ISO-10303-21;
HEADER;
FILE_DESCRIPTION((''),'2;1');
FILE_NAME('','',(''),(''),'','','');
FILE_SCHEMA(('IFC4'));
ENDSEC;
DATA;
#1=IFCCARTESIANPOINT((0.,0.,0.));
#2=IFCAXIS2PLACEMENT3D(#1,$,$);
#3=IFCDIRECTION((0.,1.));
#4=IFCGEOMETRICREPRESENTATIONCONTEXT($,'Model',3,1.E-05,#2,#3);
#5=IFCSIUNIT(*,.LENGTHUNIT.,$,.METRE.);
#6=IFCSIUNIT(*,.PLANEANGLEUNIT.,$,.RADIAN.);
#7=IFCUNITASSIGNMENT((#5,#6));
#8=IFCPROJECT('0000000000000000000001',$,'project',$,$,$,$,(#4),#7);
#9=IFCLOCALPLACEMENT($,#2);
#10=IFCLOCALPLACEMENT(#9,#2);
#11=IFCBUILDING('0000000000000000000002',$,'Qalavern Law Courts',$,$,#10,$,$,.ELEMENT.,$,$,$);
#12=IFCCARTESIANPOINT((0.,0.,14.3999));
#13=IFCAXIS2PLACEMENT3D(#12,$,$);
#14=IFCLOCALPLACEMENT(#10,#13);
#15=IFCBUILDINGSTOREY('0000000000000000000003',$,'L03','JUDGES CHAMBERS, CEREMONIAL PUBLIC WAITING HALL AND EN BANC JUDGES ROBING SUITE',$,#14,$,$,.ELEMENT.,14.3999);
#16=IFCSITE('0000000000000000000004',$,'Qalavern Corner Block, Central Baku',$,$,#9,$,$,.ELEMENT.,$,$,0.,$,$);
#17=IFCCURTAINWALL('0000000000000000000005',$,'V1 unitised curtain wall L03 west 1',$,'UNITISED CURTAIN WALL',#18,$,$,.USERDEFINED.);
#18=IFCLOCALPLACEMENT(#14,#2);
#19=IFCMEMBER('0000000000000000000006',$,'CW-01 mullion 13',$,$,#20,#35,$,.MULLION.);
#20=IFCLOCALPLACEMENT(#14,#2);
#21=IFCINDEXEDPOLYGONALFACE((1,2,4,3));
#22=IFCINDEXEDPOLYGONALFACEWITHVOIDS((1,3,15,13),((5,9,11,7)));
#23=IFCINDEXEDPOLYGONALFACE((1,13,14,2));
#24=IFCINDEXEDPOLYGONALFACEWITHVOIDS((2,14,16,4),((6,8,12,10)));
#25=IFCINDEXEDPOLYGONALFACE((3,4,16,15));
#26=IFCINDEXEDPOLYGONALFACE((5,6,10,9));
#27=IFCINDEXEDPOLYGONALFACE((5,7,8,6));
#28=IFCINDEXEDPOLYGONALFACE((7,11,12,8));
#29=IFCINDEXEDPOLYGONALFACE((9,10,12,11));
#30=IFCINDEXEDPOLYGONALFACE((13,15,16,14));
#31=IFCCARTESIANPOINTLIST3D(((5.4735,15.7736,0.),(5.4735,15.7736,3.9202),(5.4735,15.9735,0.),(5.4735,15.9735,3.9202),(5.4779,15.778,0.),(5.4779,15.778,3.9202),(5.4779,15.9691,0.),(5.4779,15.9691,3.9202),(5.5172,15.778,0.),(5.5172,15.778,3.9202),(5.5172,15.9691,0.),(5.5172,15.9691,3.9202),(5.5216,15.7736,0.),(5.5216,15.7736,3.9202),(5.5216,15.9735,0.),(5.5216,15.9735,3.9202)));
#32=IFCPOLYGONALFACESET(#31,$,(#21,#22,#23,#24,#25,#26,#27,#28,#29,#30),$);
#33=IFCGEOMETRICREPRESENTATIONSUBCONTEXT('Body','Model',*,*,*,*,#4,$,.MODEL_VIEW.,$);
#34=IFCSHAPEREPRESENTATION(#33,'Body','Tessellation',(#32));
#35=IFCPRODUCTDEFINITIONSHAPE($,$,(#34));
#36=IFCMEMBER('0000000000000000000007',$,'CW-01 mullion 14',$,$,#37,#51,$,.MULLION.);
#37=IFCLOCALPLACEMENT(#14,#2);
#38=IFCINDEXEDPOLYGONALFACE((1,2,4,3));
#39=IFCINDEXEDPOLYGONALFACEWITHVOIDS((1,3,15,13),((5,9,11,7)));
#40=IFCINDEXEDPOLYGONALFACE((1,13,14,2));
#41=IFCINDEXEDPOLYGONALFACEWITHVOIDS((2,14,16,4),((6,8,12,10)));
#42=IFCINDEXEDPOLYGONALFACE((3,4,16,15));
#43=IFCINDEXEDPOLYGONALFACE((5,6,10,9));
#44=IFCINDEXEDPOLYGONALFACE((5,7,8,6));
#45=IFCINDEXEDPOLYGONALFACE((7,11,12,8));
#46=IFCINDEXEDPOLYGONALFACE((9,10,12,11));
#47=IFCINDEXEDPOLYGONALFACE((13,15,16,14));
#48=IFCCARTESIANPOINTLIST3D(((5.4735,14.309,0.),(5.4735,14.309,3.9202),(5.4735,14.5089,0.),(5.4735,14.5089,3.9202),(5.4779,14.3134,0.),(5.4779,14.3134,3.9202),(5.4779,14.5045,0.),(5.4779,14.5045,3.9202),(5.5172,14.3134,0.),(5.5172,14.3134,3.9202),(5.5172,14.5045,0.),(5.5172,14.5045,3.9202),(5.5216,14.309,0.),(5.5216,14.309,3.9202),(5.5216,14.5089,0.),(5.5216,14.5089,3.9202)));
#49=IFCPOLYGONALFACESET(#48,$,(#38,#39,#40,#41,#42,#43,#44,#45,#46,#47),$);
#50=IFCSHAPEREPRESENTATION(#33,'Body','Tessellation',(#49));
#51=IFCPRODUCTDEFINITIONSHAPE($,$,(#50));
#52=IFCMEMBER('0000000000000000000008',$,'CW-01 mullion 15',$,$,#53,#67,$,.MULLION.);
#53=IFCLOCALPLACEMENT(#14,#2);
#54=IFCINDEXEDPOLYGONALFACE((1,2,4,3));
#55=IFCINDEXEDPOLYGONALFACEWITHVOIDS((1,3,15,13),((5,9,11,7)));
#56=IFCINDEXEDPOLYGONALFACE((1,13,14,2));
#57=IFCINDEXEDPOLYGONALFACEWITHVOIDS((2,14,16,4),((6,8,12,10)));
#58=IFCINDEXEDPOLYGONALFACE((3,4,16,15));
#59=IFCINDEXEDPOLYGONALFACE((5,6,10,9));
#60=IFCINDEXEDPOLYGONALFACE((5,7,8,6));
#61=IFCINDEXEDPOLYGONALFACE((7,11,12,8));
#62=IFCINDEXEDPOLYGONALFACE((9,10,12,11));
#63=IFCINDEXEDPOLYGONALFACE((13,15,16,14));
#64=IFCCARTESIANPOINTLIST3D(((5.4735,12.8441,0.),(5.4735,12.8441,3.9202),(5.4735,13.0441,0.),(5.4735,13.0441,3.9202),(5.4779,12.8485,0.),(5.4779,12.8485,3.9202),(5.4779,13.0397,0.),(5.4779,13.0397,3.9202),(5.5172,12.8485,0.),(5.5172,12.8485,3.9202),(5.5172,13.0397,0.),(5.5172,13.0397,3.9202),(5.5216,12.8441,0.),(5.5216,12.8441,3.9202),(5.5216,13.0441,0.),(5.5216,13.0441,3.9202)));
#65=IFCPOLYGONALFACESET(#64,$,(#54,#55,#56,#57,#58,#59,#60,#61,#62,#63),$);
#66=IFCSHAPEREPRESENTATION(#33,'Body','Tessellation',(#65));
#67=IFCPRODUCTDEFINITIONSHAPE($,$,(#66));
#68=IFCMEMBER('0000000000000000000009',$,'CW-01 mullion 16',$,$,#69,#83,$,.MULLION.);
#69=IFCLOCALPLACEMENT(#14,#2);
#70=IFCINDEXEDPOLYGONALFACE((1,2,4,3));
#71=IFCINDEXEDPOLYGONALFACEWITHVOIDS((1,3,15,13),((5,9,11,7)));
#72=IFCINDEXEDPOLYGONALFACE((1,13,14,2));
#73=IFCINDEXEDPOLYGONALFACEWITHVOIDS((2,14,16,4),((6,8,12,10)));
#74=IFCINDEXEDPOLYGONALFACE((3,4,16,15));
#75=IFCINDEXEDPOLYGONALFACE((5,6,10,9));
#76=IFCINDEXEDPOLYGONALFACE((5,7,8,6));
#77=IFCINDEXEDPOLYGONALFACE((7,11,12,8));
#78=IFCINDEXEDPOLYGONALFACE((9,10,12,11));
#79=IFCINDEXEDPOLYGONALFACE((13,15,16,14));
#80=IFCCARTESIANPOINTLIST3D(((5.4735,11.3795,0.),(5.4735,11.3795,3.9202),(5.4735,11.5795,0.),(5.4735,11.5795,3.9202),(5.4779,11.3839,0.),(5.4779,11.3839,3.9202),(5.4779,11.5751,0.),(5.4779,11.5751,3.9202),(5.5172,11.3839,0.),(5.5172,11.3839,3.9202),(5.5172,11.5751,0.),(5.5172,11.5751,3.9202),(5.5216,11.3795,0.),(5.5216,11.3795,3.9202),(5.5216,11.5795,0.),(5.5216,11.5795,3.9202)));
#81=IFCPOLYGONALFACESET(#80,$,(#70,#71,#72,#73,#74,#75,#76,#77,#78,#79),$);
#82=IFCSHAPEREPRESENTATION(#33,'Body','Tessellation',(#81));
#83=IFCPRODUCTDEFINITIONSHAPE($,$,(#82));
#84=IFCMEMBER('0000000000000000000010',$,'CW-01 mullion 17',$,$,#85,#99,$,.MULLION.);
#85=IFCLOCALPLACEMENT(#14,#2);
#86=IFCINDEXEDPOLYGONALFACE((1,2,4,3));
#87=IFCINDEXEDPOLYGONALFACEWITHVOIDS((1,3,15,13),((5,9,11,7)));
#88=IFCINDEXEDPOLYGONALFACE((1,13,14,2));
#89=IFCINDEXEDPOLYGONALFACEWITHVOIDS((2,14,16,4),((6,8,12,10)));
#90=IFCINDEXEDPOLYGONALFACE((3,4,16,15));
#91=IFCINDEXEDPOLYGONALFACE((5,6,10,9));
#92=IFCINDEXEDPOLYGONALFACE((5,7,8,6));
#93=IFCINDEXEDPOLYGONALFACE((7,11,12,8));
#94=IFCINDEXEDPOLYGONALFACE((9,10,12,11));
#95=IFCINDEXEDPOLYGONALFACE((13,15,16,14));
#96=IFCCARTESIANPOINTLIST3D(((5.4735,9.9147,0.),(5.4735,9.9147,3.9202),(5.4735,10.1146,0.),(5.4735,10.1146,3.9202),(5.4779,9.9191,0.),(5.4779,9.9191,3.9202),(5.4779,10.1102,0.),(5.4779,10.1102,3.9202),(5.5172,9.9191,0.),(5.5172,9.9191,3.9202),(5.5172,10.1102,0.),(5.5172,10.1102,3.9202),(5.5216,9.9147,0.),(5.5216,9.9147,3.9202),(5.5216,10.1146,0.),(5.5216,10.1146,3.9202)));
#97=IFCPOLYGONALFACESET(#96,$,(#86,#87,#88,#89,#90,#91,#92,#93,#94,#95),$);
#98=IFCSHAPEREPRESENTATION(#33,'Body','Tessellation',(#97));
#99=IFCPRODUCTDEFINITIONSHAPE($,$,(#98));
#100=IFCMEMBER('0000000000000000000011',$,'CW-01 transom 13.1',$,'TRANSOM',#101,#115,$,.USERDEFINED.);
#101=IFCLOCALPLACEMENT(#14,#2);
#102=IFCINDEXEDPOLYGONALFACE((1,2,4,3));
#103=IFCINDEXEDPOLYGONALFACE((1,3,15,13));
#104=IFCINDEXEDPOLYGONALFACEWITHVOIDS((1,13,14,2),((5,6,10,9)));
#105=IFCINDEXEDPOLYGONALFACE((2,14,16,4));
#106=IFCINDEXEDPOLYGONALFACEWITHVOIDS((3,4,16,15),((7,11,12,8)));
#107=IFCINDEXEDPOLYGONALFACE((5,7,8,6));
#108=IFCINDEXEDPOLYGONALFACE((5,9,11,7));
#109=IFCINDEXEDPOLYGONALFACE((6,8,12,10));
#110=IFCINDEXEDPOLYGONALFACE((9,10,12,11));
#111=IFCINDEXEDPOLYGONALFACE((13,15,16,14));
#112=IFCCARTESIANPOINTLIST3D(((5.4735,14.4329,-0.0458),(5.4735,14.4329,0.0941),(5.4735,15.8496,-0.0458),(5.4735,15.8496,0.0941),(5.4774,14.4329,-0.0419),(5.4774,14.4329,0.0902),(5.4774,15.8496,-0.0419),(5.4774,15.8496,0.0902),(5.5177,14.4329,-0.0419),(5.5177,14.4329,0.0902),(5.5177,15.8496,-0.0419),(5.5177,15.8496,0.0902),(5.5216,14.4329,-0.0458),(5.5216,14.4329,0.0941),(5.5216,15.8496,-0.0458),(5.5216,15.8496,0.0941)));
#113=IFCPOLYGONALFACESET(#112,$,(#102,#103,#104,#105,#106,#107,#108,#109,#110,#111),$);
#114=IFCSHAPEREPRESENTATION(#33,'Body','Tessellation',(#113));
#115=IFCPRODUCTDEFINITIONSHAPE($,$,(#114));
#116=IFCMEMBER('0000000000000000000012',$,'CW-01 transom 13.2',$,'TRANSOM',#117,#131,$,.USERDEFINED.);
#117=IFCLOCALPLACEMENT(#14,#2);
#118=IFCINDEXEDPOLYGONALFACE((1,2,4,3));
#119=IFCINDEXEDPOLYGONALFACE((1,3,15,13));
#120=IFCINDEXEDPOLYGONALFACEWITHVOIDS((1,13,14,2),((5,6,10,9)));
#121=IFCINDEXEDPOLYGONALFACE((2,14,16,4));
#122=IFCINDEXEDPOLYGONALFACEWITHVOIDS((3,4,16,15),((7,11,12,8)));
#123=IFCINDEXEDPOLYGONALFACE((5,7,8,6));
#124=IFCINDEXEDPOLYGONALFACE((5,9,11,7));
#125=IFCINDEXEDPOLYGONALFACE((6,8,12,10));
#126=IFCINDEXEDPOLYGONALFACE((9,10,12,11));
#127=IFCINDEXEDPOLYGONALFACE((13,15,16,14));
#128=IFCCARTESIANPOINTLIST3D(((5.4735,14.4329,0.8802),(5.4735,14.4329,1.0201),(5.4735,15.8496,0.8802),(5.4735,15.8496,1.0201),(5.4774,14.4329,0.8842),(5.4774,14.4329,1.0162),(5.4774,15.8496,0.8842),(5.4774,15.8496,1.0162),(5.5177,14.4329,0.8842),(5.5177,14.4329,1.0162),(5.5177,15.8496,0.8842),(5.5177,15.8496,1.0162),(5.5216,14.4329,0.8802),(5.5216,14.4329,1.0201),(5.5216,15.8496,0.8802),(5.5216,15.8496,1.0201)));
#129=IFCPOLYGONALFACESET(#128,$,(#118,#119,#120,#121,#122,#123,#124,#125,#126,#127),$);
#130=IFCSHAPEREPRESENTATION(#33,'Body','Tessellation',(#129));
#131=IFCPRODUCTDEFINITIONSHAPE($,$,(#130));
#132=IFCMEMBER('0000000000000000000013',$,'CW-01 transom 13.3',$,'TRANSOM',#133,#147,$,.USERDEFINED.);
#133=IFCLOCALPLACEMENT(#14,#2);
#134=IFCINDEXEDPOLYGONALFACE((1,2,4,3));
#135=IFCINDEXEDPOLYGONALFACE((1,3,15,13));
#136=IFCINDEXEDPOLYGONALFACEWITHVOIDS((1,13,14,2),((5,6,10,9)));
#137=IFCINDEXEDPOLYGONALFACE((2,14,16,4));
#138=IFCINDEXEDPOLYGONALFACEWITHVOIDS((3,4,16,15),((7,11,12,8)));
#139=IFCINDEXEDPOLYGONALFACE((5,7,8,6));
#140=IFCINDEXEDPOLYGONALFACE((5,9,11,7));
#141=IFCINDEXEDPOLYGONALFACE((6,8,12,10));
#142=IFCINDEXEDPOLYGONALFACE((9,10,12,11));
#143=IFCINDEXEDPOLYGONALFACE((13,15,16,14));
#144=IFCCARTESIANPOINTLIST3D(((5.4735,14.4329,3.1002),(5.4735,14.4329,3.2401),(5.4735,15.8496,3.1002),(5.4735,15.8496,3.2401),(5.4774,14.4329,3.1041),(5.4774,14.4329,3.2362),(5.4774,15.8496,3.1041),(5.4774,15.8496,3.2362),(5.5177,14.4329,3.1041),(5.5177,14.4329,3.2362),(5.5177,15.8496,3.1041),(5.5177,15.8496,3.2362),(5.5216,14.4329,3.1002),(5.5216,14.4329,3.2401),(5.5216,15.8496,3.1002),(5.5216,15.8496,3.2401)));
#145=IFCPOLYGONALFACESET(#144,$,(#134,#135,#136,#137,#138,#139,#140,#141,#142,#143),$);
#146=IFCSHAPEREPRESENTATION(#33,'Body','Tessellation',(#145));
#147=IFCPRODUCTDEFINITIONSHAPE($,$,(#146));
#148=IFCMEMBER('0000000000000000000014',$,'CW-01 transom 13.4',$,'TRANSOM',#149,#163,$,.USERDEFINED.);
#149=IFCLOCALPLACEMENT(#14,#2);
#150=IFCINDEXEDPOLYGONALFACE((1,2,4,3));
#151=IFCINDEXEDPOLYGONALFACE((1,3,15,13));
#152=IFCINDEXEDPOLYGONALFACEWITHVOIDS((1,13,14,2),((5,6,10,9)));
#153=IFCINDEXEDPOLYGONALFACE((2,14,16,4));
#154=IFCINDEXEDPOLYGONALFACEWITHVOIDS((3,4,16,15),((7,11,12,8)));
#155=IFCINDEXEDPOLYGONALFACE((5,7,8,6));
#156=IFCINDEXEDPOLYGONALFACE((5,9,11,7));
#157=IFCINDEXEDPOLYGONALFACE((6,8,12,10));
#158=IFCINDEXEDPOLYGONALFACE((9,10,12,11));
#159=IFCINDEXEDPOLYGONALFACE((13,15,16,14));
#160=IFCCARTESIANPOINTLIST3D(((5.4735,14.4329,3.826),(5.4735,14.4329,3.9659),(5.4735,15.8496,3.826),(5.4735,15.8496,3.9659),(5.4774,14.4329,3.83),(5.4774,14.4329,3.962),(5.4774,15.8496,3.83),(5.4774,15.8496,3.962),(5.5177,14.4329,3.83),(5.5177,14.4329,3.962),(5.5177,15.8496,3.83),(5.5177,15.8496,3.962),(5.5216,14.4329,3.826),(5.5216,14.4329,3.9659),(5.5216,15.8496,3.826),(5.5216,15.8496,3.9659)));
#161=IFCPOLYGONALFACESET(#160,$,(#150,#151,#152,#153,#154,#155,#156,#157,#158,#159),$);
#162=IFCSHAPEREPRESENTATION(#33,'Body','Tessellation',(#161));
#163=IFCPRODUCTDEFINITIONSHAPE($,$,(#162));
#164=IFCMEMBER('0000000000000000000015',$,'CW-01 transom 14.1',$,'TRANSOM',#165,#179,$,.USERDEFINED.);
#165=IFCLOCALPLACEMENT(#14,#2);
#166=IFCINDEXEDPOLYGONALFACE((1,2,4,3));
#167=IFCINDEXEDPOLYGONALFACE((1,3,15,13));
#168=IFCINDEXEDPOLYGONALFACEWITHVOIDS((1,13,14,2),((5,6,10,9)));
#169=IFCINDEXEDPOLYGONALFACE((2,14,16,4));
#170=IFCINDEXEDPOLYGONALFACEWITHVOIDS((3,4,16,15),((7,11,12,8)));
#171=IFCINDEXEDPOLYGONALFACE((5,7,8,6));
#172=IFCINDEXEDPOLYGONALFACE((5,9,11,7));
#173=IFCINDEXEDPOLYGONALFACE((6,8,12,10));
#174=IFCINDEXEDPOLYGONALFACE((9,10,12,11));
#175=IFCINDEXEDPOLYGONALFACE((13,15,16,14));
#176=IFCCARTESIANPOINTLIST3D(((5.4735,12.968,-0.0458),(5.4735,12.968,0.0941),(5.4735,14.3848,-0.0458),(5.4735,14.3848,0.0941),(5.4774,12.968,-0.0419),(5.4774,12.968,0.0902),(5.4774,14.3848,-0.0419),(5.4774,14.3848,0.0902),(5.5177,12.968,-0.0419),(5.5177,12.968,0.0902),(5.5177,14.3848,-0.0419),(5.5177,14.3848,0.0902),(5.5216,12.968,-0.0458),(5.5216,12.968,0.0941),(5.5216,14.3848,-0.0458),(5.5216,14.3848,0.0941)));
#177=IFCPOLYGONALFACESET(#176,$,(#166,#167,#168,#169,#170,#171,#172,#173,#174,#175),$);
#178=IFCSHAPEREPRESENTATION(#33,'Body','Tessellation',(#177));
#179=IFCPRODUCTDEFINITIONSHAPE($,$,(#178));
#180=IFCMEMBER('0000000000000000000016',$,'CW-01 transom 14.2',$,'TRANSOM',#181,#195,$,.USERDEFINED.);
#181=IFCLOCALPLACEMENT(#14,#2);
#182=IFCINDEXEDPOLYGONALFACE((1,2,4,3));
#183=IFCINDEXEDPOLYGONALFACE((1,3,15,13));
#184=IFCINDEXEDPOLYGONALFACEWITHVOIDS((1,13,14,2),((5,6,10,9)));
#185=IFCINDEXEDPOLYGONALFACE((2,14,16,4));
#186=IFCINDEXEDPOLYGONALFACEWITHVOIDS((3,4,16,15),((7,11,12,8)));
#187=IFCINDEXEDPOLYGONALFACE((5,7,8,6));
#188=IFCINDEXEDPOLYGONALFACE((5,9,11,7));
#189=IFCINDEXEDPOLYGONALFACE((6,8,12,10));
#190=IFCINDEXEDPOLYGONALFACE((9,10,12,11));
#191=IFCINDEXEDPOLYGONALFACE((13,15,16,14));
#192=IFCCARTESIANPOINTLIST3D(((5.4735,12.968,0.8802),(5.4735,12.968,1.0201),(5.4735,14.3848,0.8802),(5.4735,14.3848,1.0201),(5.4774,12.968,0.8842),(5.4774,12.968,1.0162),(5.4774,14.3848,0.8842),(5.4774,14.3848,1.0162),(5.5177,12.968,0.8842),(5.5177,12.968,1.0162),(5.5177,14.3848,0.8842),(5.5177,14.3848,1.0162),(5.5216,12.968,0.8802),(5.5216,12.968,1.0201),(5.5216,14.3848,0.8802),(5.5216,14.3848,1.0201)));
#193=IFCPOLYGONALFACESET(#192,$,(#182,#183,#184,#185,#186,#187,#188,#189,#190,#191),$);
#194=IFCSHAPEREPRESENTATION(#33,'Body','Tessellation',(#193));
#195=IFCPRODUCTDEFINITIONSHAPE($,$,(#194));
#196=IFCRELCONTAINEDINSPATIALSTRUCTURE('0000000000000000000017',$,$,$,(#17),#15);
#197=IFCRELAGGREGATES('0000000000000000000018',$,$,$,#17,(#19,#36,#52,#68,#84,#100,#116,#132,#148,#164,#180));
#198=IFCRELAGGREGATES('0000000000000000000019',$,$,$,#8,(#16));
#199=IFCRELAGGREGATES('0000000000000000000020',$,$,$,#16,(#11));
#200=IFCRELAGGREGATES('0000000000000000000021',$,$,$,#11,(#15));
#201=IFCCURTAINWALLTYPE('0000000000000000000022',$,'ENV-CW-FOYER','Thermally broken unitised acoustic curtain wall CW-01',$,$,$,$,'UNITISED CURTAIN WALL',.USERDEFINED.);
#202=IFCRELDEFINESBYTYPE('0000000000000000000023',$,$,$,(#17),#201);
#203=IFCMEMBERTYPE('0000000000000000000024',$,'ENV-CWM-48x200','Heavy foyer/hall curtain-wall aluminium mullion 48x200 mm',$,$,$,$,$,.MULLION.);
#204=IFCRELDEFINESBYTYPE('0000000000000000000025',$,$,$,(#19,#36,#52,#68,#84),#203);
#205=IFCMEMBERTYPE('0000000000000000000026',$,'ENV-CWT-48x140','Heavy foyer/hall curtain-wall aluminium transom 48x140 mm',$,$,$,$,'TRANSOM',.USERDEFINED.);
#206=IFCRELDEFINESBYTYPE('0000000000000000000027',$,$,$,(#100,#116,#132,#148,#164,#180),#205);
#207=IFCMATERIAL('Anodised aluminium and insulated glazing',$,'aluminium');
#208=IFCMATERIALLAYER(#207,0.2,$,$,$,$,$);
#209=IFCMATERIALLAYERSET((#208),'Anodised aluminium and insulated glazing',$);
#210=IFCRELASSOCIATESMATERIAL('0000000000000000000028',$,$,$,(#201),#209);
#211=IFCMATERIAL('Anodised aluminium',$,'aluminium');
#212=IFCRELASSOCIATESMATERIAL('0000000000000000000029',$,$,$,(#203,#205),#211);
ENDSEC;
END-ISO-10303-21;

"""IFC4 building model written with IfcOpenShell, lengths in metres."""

from ifc_helpers import new_model, si_unit, direction, frame, origin, origin_2d, place, context, subcontext, project, spatial, hollow_rectangle, extrude, material, layer, layer_set, material_profile, profile_set, type_object, element, aggregate, save


model = new_model("IFC4")

# Units and contexts
model_context = context("Model", 3, precision=1e-05, world=origin(), true_north=direction((0.0, 1.0)))
body_context = subcontext(model_context, "Body", "Model", "MODEL_VIEW")
ifc_project = project(units=[si_unit("LENGTHUNIT", "METRE"), si_unit("PLANEANGLEUNIT", "RADIAN")], contexts=[model_context])

# Site, building, storey
site_placement = place(None, origin())
site = spatial("IfcSite", under=ifc_project, at=site_placement, Name="Qalavern Corner Block, Central Baku", CompositionType="ELEMENT", RefElevation=0.0)
building_placement = place(site_placement, origin())
building = spatial("IfcBuilding", under=site, at=building_placement, Name="Qalavern Law Courts", CompositionType="ELEMENT")
storey_placement = place(building_placement, frame((0.0, 0.0, 14.3999)))
storey = spatial("IfcBuildingStorey", under=building, at=storey_placement, Name="L03", Description="JUDGES CHAMBERS, CEREMONIAL PUBLIC WAITING HALL AND EN BANC JUDGES ROBING SUITE", CompositionType="ELEMENT", Elevation=14.3999)

# Curtain wall, members
ifc_material_1 = material(Name="Anodised aluminium and insulated glazing", Category="aluminium")
ifc_layer_1 = layer(ifc_material_1, 0.2)
ifc_layer_set_1 = layer_set([ifc_layer_1], Name="Anodised aluminium and insulated glazing")
curtain_wall_type = type_object("IfcCurtainWallType", Name="ENV-CW-FOYER", Description="Thermally broken unitised acoustic curtain wall CW-01", ElementType="UNITISED CURTAIN WALL", PredefinedType="USERDEFINED", material=ifc_layer_set_1)
curtain_wall_placement = place(storey_placement, origin())
curtain_wall = element("IfcCurtainWall", 1, at=curtain_wall_placement, inside=storey, type_object=curtain_wall_type, Name="V1 unitised curtain wall L03 west 1", ObjectType="UNITISED CURTAIN WALL", PredefinedType="USERDEFINED")
ifc_material_2 = material(Name="Anodised aluminium", Category="aluminium")
ifc_material_profile_1 = material_profile(ifc_material_2, hollow_rectangle(XDim=0.0481, YDim=0.2, WallThickness=0.0044, at=origin_2d()), Name="ALU MULLION 48x200")
ifc_profile_set_1 = profile_set([ifc_material_profile_1], Name="Anodised aluminium")
member_type_1 = type_object("IfcMemberType", Name="ENV-CWM-48x200", Description="Heavy foyer/hall curtain-wall aluminium mullion 48x200 mm", PredefinedType="MULLION", material=ifc_profile_set_1)
member_1_placement = place(storey_placement, frame((5.4976, 15.8735, 0.0), z_axis=(0.0, 0.0, 1.0), x_axis=(1.0, 0.0, 0.0)))
member_1 = element("IfcMember", 2, at=member_1_placement, type_object=member_type_1, Name="CW-01 mullion 13", PredefinedType="MULLION", context=body_context, shape_type="SweptSolid", body=[
    extrude(hollow_rectangle(XDim=0.0481, YDim=0.2, WallThickness=0.0044, at=origin_2d()), origin(), (0.0, 0.0, 1.0), 3.9202),
])
member_2_placement = place(storey_placement, frame((5.4976, 14.4089, 0.0), z_axis=(0.0, 0.0, 1.0), x_axis=(1.0, 0.0, 0.0)))
member_2 = element("IfcMember", 3, at=member_2_placement, type_object=member_type_1, Name="CW-01 mullion 14", PredefinedType="MULLION", context=body_context, shape_type="SweptSolid", body=[
    extrude(hollow_rectangle(XDim=0.0481, YDim=0.2, WallThickness=0.0044, at=origin_2d()), origin(), (0.0, 0.0, 1.0), 3.9202),
])
member_3_placement = place(storey_placement, frame((5.4976, 12.9441, 0.0), z_axis=(0.0, 0.0, 1.0), x_axis=(1.0, 0.0, 0.0)))
member_3 = element("IfcMember", 4, at=member_3_placement, type_object=member_type_1, Name="CW-01 mullion 15", PredefinedType="MULLION", context=body_context, shape_type="SweptSolid", body=[
    extrude(hollow_rectangle(XDim=0.0481, YDim=0.2, WallThickness=0.0044, at=origin_2d()), origin(), (0.0, 0.0, 1.0), 3.9202),
])
member_4_placement = place(storey_placement, frame((5.4976, 11.4795, 0.0), z_axis=(0.0, 0.0, 1.0), x_axis=(1.0, 0.0, 0.0)))
member_4 = element("IfcMember", 5, at=member_4_placement, type_object=member_type_1, Name="CW-01 mullion 16", PredefinedType="MULLION", context=body_context, shape_type="SweptSolid", body=[
    extrude(hollow_rectangle(XDim=0.0481, YDim=0.2, WallThickness=0.0044, at=origin_2d()), origin(), (0.0, 0.0, 1.0), 3.9202),
])
member_5_placement = place(storey_placement, frame((5.4976, 10.0146, 0.0), z_axis=(0.0, 0.0, 1.0), x_axis=(1.0, 0.0, 0.0)))
member_5 = element("IfcMember", 6, at=member_5_placement, type_object=member_type_1, Name="CW-01 mullion 17", PredefinedType="MULLION", context=body_context, shape_type="SweptSolid", body=[
    extrude(hollow_rectangle(XDim=0.0481, YDim=0.2, WallThickness=0.0044, at=origin_2d()), origin(), (0.0, 0.0, 1.0), 3.9202),
])
ifc_material_profile_2 = material_profile(ifc_material_2, hollow_rectangle(XDim=0.0481, YDim=0.1399, WallThickness=0.0039, at=origin_2d()), Name="ALU TRANSOM 48x140")
ifc_profile_set_2 = profile_set([ifc_material_profile_2], Name="Anodised aluminium")
member_type_2 = type_object("IfcMemberType", Name="ENV-CWT-48x140", Description="Heavy foyer/hall curtain-wall aluminium transom 48x140 mm", ElementType="TRANSOM", PredefinedType="USERDEFINED", material=ifc_profile_set_2)
member_6_placement = place(storey_placement, frame((5.4976, 15.8496, 0.0242), z_axis=(0.0, -1.0, 0.0), x_axis=(1.0, 0.0, 0.0)))
member_6 = element("IfcMember", 7, at=member_6_placement, type_object=member_type_2, Name="CW-01 transom 13.1", ObjectType="TRANSOM", PredefinedType="USERDEFINED", context=body_context, shape_type="SweptSolid", body=[
    extrude(hollow_rectangle(XDim=0.0481, YDim=0.1399, WallThickness=0.0039, at=origin_2d()), origin(), (0.0, 0.0, 1.0), 1.4167),
])
member_7_placement = place(storey_placement, frame((5.4976, 15.8496, 0.9502), z_axis=(0.0, -1.0, 0.0), x_axis=(1.0, 0.0, 0.0)))
member_7 = element("IfcMember", 8, at=member_7_placement, type_object=member_type_2, Name="CW-01 transom 13.2", ObjectType="TRANSOM", PredefinedType="USERDEFINED", context=body_context, shape_type="SweptSolid", body=[
    extrude(hollow_rectangle(XDim=0.0481, YDim=0.1399, WallThickness=0.0039, at=origin_2d()), origin(), (0.0, 0.0, 1.0), 1.4167),
])
member_8_placement = place(storey_placement, frame((5.4976, 15.8496, 3.1702), z_axis=(0.0, -1.0, 0.0), x_axis=(1.0, 0.0, 0.0)))
member_8 = element("IfcMember", 9, at=member_8_placement, type_object=member_type_2, Name="CW-01 transom 13.3", ObjectType="TRANSOM", PredefinedType="USERDEFINED", context=body_context, shape_type="SweptSolid", body=[
    extrude(hollow_rectangle(XDim=0.0481, YDim=0.1399, WallThickness=0.0039, at=origin_2d()), origin(), (0.0, 0.0, 1.0), 1.4167),
])
member_9_placement = place(storey_placement, frame((5.4976, 15.8496, 3.896), z_axis=(0.0, -1.0, 0.0), x_axis=(1.0, 0.0, 0.0)))
member_9 = element("IfcMember", 10, at=member_9_placement, type_object=member_type_2, Name="CW-01 transom 13.4", ObjectType="TRANSOM", PredefinedType="USERDEFINED", context=body_context, shape_type="SweptSolid", body=[
    extrude(hollow_rectangle(XDim=0.0481, YDim=0.1399, WallThickness=0.0039, at=origin_2d()), origin(), (0.0, 0.0, 1.0), 1.4167),
])
member_10_placement = place(storey_placement, frame((5.4976, 14.3848, 0.0242), z_axis=(0.0, -1.0, 0.0), x_axis=(1.0, 0.0, 0.0)))
member_10 = element("IfcMember", 11, at=member_10_placement, type_object=member_type_2, Name="CW-01 transom 14.1", ObjectType="TRANSOM", PredefinedType="USERDEFINED", context=body_context, shape_type="SweptSolid", body=[
    extrude(hollow_rectangle(XDim=0.0481, YDim=0.1399, WallThickness=0.0039, at=origin_2d()), origin(), (0.0, 0.0, 1.0), 1.4167),
])
member_11_placement = place(storey_placement, frame((5.4976, 14.3848, 0.9502), z_axis=(0.0, -1.0, 0.0), x_axis=(1.0, 0.0, 0.0)))
member_11 = element("IfcMember", 12, at=member_11_placement, type_object=member_type_2, Name="CW-01 transom 14.2", ObjectType="TRANSOM", PredefinedType="USERDEFINED", context=body_context, shape_type="SweptSolid", body=[
    extrude(hollow_rectangle(XDim=0.0481, YDim=0.1399, WallThickness=0.0039, at=origin_2d()), origin(), (0.0, 0.0, 1.0), 1.4167),
])

aggregate(curtain_wall, [member_1, member_2, member_3, member_4, member_5, member_6, member_7, member_8, member_9, member_10, member_11])

save(model, "model.ifc")
